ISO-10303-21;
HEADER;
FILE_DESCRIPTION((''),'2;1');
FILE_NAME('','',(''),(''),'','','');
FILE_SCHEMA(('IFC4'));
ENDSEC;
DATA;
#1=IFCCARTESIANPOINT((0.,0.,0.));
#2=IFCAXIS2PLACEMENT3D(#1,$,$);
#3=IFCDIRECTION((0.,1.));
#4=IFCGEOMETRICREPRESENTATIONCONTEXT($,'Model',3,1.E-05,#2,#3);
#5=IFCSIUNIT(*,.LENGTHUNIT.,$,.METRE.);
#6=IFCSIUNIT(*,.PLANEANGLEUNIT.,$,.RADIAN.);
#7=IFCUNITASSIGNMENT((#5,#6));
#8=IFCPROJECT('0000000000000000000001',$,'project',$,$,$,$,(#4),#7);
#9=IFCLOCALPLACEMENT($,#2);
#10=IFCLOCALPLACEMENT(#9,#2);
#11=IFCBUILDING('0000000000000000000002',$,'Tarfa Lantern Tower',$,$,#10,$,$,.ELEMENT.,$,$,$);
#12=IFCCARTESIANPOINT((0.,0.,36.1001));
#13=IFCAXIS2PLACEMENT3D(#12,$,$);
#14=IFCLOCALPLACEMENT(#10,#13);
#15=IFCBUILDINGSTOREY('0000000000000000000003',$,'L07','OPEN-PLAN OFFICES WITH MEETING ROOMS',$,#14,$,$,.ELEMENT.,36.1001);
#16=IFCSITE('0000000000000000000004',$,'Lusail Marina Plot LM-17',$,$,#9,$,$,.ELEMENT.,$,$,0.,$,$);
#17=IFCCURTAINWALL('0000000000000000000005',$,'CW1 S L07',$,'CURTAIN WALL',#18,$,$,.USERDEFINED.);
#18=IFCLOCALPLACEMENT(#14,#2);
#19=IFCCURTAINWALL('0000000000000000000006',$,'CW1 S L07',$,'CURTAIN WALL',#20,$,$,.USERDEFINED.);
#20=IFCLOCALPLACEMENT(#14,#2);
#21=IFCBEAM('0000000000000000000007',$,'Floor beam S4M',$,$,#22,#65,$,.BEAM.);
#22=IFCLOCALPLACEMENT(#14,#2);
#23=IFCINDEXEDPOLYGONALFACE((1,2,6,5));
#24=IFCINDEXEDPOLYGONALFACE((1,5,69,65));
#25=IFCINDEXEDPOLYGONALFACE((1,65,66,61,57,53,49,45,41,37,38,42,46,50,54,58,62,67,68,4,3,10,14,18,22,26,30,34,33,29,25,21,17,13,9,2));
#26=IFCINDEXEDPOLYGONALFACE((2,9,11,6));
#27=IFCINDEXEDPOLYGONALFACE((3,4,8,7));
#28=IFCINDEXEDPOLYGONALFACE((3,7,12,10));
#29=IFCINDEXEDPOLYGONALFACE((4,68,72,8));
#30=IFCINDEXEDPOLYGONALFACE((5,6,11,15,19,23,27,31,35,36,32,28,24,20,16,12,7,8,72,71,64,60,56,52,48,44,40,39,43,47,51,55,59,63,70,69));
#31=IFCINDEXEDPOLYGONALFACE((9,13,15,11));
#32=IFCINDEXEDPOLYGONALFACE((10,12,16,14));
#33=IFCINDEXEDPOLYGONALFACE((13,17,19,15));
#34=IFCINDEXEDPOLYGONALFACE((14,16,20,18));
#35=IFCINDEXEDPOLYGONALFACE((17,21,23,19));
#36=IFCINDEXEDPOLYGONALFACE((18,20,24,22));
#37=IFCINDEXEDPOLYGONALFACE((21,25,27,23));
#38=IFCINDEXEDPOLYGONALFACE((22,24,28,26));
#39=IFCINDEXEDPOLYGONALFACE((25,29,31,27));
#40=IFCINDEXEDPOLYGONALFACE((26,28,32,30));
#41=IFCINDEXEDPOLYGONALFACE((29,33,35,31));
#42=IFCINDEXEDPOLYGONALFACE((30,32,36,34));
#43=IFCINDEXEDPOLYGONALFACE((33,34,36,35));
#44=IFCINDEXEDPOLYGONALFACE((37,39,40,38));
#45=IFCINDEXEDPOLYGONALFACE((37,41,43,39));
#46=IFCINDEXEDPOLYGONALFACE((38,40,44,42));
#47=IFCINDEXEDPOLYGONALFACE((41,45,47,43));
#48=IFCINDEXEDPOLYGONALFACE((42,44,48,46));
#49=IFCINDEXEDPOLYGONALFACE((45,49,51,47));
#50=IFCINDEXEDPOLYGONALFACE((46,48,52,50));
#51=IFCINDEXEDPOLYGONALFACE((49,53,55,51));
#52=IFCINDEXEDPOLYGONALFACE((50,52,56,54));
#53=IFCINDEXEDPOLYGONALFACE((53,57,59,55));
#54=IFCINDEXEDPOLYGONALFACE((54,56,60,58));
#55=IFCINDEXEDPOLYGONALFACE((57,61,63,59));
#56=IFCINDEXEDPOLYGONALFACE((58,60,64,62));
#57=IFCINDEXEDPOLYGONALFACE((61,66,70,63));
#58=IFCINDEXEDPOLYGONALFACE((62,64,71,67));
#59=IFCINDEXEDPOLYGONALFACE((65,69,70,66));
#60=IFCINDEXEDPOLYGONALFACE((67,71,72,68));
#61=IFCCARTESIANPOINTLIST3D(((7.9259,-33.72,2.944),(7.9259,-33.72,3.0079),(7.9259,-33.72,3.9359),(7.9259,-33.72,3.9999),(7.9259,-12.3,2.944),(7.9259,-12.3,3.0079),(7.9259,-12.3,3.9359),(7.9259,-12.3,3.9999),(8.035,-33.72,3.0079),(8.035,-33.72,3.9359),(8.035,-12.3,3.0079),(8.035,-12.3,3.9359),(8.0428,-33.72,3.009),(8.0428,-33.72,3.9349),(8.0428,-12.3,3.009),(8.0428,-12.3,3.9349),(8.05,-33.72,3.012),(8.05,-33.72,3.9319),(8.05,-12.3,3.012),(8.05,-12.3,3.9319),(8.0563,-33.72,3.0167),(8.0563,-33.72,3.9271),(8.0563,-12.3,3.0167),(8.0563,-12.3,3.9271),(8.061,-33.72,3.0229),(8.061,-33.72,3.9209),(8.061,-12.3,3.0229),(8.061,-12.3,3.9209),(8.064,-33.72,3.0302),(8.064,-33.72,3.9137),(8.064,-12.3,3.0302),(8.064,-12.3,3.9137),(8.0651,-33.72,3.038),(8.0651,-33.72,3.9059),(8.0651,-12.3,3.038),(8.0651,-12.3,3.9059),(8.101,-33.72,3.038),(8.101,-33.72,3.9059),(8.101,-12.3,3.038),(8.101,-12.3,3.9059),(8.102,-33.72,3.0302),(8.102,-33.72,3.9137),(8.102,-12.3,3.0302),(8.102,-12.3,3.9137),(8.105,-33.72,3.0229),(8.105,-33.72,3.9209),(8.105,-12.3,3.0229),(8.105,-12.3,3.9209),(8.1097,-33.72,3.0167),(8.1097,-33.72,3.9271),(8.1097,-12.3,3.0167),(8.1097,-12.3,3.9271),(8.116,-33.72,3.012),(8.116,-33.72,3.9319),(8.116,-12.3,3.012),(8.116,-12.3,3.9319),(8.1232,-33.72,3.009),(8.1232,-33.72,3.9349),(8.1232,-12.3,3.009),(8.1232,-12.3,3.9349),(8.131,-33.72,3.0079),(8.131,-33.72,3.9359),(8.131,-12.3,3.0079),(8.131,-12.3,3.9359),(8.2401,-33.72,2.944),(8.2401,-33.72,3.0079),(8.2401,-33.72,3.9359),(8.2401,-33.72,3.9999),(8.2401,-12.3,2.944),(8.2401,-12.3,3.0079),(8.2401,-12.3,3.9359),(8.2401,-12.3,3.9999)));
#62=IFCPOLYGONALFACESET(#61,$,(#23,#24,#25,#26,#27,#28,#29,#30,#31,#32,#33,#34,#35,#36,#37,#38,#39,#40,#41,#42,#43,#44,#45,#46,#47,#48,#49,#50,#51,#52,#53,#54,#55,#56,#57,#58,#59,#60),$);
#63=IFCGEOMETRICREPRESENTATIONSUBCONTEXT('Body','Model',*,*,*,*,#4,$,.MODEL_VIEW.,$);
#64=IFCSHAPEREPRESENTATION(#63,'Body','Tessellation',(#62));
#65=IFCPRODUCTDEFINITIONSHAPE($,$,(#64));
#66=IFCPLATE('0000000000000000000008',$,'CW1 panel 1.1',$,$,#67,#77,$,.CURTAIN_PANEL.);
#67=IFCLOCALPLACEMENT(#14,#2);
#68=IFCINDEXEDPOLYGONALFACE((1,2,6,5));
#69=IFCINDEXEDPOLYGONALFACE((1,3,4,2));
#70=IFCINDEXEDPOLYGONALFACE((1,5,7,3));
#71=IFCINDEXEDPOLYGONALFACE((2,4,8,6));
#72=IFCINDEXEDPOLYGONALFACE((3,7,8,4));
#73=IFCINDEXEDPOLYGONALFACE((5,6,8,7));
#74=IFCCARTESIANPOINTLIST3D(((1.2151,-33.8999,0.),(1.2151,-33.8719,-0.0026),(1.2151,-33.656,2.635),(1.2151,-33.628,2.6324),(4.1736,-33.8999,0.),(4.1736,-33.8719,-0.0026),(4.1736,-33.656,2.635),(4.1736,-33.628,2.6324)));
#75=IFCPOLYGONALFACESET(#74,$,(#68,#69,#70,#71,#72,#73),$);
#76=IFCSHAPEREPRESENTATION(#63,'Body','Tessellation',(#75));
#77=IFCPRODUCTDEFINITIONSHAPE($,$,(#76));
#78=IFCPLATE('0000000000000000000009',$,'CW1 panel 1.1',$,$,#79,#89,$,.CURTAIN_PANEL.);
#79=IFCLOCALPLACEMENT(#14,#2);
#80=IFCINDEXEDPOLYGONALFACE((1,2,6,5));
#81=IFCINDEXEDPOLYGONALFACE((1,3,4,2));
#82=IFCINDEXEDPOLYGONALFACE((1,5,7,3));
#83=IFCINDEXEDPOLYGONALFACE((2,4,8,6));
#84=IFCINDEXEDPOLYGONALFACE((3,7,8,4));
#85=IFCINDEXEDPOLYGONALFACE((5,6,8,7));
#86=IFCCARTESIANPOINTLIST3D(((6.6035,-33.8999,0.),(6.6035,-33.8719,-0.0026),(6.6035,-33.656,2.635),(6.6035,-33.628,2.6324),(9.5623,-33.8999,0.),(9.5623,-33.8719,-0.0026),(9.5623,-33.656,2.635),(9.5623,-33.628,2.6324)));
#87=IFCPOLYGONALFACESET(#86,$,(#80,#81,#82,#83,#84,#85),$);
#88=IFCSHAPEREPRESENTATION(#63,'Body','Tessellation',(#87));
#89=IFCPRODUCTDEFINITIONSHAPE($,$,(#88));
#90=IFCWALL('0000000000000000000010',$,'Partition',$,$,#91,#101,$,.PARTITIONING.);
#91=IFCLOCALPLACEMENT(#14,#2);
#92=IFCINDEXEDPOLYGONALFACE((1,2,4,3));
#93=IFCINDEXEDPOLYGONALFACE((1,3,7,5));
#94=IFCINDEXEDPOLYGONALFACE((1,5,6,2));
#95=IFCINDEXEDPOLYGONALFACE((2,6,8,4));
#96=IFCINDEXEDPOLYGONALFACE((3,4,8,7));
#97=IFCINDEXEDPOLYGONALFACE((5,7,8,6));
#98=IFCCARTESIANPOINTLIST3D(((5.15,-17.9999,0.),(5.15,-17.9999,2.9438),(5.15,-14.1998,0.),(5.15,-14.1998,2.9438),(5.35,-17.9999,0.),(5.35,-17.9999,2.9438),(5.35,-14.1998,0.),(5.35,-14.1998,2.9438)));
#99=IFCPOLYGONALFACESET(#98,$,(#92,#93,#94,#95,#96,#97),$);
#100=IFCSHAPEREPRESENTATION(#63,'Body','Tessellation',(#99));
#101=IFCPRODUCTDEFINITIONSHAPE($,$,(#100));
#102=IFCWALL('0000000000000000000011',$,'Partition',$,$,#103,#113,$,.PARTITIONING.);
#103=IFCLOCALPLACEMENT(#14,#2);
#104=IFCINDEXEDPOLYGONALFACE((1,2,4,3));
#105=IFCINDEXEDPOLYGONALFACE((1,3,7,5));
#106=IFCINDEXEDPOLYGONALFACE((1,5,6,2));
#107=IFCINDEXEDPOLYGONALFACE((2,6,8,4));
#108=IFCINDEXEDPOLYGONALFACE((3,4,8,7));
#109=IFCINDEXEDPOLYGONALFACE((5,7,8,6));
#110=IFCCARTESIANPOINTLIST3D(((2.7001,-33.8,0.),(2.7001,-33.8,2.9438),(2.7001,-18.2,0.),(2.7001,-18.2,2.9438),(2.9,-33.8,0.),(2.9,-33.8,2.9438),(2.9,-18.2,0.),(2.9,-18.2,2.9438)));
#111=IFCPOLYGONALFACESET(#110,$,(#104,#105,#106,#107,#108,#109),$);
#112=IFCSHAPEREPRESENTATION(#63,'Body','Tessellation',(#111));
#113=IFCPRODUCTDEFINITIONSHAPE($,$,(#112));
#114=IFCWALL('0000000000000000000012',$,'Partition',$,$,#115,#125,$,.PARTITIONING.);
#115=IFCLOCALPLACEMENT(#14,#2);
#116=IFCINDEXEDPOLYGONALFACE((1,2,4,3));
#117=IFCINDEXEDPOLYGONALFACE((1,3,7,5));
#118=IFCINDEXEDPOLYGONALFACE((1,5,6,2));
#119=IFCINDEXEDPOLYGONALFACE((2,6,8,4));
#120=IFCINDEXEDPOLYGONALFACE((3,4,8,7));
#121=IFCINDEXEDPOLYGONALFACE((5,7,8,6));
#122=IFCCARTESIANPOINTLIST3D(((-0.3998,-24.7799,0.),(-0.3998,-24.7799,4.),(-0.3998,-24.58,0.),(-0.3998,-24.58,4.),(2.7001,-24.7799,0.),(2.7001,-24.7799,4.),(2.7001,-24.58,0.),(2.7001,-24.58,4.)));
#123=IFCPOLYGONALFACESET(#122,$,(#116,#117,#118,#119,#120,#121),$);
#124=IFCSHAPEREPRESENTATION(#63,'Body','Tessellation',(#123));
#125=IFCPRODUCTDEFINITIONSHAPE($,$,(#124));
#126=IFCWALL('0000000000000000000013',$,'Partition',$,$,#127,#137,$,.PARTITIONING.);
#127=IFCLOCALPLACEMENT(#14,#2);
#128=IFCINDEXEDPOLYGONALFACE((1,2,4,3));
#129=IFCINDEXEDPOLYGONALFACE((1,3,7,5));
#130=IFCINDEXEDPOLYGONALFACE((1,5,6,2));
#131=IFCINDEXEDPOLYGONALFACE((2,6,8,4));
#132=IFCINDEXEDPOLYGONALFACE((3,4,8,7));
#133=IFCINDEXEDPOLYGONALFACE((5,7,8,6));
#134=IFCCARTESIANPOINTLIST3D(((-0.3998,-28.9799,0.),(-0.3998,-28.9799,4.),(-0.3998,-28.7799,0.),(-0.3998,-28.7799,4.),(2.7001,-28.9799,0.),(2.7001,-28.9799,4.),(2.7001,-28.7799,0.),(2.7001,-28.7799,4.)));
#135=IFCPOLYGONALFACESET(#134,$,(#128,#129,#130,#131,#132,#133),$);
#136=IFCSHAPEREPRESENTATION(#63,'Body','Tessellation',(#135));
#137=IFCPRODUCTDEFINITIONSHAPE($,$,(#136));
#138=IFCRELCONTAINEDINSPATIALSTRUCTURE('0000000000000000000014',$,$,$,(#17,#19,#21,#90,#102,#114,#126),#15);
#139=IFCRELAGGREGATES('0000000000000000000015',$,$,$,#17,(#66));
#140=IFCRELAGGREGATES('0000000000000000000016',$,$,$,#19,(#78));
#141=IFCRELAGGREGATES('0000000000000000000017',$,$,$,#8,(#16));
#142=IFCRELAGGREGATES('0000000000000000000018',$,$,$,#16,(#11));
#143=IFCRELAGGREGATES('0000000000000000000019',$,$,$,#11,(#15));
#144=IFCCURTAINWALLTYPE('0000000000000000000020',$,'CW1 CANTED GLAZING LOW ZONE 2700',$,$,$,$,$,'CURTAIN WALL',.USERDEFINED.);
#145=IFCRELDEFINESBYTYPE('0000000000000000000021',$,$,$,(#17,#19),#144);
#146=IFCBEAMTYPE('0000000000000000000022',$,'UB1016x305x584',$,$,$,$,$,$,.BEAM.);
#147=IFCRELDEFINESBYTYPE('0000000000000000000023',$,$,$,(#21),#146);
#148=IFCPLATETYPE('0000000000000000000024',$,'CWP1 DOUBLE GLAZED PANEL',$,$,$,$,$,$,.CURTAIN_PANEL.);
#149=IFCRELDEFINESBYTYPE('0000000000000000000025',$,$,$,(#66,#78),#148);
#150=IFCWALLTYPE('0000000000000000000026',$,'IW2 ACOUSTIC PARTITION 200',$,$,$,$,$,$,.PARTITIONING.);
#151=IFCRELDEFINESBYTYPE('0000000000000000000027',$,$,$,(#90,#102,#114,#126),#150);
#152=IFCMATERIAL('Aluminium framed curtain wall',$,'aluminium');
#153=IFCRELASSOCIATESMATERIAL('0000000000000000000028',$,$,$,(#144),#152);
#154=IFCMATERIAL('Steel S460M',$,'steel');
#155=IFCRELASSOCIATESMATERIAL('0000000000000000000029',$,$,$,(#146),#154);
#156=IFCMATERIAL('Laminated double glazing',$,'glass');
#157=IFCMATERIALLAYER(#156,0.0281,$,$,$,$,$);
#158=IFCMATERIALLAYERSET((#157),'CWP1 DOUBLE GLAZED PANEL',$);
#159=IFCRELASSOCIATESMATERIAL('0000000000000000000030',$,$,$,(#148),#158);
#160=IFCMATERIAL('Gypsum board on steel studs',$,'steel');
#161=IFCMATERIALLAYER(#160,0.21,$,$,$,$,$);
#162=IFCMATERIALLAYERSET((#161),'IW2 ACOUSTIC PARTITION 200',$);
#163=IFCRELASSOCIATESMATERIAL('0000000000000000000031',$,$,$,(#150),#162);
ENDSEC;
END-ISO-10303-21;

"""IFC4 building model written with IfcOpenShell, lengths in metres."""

from ifc_helpers import new_model, si_unit, direction, frame, frame_2d, origin, origin_2d, place, context, subcontext, project, spatial, polyline, rectangle, i_section, outline, extrude, material, layer, layer_set, material_profile, profile_set, type_object, element, aggregate, save


model = new_model("IFC4")

# Units and contexts
model_context = context("Model", 3, precision=1e-05, world=origin(), true_north=direction((0.0, 1.0)))
body_context = subcontext(model_context, "Body", "Model", "MODEL_VIEW")
ifc_project = project(units=[si_unit("LENGTHUNIT", "METRE"), si_unit("PLANEANGLEUNIT", "RADIAN")], contexts=[model_context])

# Site, building, storey
site_placement = place(None, origin())
site = spatial("IfcSite", under=ifc_project, at=site_placement, Name="Lusail Marina Plot LM-17", CompositionType="ELEMENT", RefElevation=0.0)
building_placement = place(site_placement, origin())
building = spatial("IfcBuilding", under=site, at=building_placement, Name="Tarfa Lantern Tower", CompositionType="ELEMENT")
storey_placement = place(building_placement, frame((0.0, 0.0, 36.1001)))
storey = spatial("IfcBuildingStorey", under=building, at=storey_placement, Name="L07", Description="OPEN-PLAN OFFICES WITH MEETING ROOMS", CompositionType="ELEMENT", Elevation=36.1001)

# Curtain walls
ifc_material_1 = material(Name="Aluminium framed curtain wall", Category="aluminium")
curtain_wall_type = type_object("IfcCurtainWallType", Name="CW1 CANTED GLAZING LOW ZONE 2700", ElementType="CURTAIN WALL", PredefinedType="USERDEFINED", material=ifc_material_1)
curtain_wall_1_placement = place(storey_placement, origin())
curtain_wall_1 = element("IfcCurtainWall", 1, at=curtain_wall_1_placement, inside=storey, type_object=curtain_wall_type, Name="CW1 S L07", ObjectType="CURTAIN WALL", PredefinedType="USERDEFINED")
curtain_wall_2_placement = place(storey_placement, origin())
curtain_wall_2 = element("IfcCurtainWall", 2, at=curtain_wall_2_placement, inside=storey, type_object=curtain_wall_type, Name="CW1 S L07", ObjectType="CURTAIN WALL", PredefinedType="USERDEFINED")

# Beam
ifc_material_2 = material(Name="Steel S460M", Category="steel")
ifc_material_profile_1 = material_profile(ifc_material_2, i_section(OverallWidth=0.3142, OverallDepth=1.0559, WebThickness=0.0359, FlangeThickness=0.064, FilletRadius=0.03, at=origin_2d()), Name="UB1016x305x584")
ifc_profile_set_1 = profile_set([ifc_material_profile_1], Name="Steel S460M")
beam_type_1 = type_object("IfcBeamType", Name="UB1016x305x584", PredefinedType="BEAM", material=ifc_profile_set_1)
for number, where, z_axis, x_axis, name in (
    (3, (8.083, -33.72, 3.4719), (0.0, 1.0, 0.0), (-1.0, 0.0, 0.0), "Floor beam S4M"),
):
    element("IfcBeam", number, at=place(storey_placement, frame(where, z_axis=z_axis, x_axis=x_axis)), inside=storey, type_object=beam_type_1, Name=name, PredefinedType="BEAM", context=body_context, shape_type="SweptSolid", body=[
        extrude(i_section(OverallWidth=0.3142, OverallDepth=1.0559, WebThickness=0.0359, FlangeThickness=0.064, FilletRadius=0.03, at=origin_2d()), origin(), (0.0, 0.0, 1.0), 21.4199),
    ])

# Plates
ifc_material_3 = material(Name="Laminated double glazing", Category="glass")
ifc_layer_1 = layer(ifc_material_3, 0.0281)
ifc_layer_set_1 = layer_set([ifc_layer_1], Name="CWP1 DOUBLE GLAZED PANEL")
plate_type = type_object("IfcPlateType", Name="CWP1 DOUBLE GLAZED PANEL", PredefinedType="CURTAIN_PANEL", material=ifc_layer_set_1)
plate_1_placement = place(storey_placement, frame((1.2151, -33.8999, 0.0), z_axis=(0.0, -0.995744, 0.092166), x_axis=(1.0, 0.0, 0.0)))
plate_1 = element("IfcPlate", 4, at=plate_1_placement, type_object=plate_type, Name="CW1 panel 1.1", PredefinedType="CURTAIN_PANEL", context=body_context, shape_type="SweptSolid", body=[
    extrude(outline(polyline([(0.0, 0.0), (2.9585, 0.0), (2.9585, 2.6463), (0.0, 2.6463), (0.0, 0.0)])), origin(), (0.0, 0.0, -1.0), 0.0281),
])
aggregate(curtain_wall_1, [plate_1])
plate_2_placement = place(storey_placement, frame((6.6035, -33.8999, 0.0), z_axis=(0.0, -0.995744, 0.092166), x_axis=(1.0, 0.0, 0.0)))
plate_2 = element("IfcPlate", 5, at=plate_2_placement, type_object=plate_type, Name="CW1 panel 1.1", PredefinedType="CURTAIN_PANEL", context=body_context, shape_type="SweptSolid", body=[
    extrude(outline(polyline([(0.0, 0.0), (2.9587, 0.0), (2.9587, 2.6463), (0.0, 2.6463), (0.0, 0.0)])), origin(), (0.0, 0.0, -1.0), 0.0281),
])
aggregate(curtain_wall_2, [plate_2])

# Walls
ifc_material_4 = material(Name="Gypsum board on steel studs", Category="steel")
ifc_layer_2 = layer(ifc_material_4, 0.21)
ifc_layer_set_2 = layer_set([ifc_layer_2], Name="IW2 ACOUSTIC PARTITION 200")
wall_type = type_object("IfcWallType", Name="IW2 ACOUSTIC PARTITION 200", PredefinedType="PARTITIONING", material=ifc_layer_set_2)
wall_1_placement = place(storey_placement, frame((5.25, -14.2, 0.0), z_axis=(0.0, 0.0, 1.0), x_axis=(0.0, -1.0, 0.0)))
element("IfcWall", 6, at=wall_1_placement, inside=storey, type_object=wall_type, Name="Partition", PredefinedType="PARTITIONING", context=body_context, shape_type="SweptSolid", body=[
    extrude(rectangle(XDim=3.8, YDim=0.2, at=frame_2d((1.8999, 0.0))), origin(), (0.0, 0.0, 1.0), 2.9438),
])
wall_2_placement = place(storey_placement, frame((2.8, -18.2, 0.0), z_axis=(0.0, 0.0, 1.0), x_axis=(0.0, -1.0, 0.0)))
element("IfcWall", 7, at=wall_2_placement, inside=storey, type_object=wall_type, Name="Partition", PredefinedType="PARTITIONING", context=body_context, shape_type="SweptSolid", body=[
    extrude(rectangle(XDim=15.6001, YDim=0.2, at=frame_2d((7.8, 0.0))), origin(), (0.0, 0.0, 1.0), 2.9438),
])
for number, where, z_axis, x_axis, name in (
    (8, (2.7, -24.6799, 0.0), (0.0, 0.0, 1.0), (-1.0, 0.0, 0.0), "Partition"),
    (9, (2.7, -28.8799, 0.0), (0.0, 0.0, 1.0), (-1.0, 0.0, 0.0), "Partition"),
):
    element("IfcWall", number, at=place(storey_placement, frame(where, z_axis=z_axis, x_axis=x_axis)), inside=storey, type_object=wall_type, Name=name, PredefinedType="PARTITIONING", context=body_context, shape_type="SweptSolid", body=[
        extrude(rectangle(XDim=3.0999, YDim=0.2, at=frame_2d((1.5498, 0.0))), origin(), (0.0, 0.0, 1.0), 4.0),
    ])

save(model, "model.ifc")
